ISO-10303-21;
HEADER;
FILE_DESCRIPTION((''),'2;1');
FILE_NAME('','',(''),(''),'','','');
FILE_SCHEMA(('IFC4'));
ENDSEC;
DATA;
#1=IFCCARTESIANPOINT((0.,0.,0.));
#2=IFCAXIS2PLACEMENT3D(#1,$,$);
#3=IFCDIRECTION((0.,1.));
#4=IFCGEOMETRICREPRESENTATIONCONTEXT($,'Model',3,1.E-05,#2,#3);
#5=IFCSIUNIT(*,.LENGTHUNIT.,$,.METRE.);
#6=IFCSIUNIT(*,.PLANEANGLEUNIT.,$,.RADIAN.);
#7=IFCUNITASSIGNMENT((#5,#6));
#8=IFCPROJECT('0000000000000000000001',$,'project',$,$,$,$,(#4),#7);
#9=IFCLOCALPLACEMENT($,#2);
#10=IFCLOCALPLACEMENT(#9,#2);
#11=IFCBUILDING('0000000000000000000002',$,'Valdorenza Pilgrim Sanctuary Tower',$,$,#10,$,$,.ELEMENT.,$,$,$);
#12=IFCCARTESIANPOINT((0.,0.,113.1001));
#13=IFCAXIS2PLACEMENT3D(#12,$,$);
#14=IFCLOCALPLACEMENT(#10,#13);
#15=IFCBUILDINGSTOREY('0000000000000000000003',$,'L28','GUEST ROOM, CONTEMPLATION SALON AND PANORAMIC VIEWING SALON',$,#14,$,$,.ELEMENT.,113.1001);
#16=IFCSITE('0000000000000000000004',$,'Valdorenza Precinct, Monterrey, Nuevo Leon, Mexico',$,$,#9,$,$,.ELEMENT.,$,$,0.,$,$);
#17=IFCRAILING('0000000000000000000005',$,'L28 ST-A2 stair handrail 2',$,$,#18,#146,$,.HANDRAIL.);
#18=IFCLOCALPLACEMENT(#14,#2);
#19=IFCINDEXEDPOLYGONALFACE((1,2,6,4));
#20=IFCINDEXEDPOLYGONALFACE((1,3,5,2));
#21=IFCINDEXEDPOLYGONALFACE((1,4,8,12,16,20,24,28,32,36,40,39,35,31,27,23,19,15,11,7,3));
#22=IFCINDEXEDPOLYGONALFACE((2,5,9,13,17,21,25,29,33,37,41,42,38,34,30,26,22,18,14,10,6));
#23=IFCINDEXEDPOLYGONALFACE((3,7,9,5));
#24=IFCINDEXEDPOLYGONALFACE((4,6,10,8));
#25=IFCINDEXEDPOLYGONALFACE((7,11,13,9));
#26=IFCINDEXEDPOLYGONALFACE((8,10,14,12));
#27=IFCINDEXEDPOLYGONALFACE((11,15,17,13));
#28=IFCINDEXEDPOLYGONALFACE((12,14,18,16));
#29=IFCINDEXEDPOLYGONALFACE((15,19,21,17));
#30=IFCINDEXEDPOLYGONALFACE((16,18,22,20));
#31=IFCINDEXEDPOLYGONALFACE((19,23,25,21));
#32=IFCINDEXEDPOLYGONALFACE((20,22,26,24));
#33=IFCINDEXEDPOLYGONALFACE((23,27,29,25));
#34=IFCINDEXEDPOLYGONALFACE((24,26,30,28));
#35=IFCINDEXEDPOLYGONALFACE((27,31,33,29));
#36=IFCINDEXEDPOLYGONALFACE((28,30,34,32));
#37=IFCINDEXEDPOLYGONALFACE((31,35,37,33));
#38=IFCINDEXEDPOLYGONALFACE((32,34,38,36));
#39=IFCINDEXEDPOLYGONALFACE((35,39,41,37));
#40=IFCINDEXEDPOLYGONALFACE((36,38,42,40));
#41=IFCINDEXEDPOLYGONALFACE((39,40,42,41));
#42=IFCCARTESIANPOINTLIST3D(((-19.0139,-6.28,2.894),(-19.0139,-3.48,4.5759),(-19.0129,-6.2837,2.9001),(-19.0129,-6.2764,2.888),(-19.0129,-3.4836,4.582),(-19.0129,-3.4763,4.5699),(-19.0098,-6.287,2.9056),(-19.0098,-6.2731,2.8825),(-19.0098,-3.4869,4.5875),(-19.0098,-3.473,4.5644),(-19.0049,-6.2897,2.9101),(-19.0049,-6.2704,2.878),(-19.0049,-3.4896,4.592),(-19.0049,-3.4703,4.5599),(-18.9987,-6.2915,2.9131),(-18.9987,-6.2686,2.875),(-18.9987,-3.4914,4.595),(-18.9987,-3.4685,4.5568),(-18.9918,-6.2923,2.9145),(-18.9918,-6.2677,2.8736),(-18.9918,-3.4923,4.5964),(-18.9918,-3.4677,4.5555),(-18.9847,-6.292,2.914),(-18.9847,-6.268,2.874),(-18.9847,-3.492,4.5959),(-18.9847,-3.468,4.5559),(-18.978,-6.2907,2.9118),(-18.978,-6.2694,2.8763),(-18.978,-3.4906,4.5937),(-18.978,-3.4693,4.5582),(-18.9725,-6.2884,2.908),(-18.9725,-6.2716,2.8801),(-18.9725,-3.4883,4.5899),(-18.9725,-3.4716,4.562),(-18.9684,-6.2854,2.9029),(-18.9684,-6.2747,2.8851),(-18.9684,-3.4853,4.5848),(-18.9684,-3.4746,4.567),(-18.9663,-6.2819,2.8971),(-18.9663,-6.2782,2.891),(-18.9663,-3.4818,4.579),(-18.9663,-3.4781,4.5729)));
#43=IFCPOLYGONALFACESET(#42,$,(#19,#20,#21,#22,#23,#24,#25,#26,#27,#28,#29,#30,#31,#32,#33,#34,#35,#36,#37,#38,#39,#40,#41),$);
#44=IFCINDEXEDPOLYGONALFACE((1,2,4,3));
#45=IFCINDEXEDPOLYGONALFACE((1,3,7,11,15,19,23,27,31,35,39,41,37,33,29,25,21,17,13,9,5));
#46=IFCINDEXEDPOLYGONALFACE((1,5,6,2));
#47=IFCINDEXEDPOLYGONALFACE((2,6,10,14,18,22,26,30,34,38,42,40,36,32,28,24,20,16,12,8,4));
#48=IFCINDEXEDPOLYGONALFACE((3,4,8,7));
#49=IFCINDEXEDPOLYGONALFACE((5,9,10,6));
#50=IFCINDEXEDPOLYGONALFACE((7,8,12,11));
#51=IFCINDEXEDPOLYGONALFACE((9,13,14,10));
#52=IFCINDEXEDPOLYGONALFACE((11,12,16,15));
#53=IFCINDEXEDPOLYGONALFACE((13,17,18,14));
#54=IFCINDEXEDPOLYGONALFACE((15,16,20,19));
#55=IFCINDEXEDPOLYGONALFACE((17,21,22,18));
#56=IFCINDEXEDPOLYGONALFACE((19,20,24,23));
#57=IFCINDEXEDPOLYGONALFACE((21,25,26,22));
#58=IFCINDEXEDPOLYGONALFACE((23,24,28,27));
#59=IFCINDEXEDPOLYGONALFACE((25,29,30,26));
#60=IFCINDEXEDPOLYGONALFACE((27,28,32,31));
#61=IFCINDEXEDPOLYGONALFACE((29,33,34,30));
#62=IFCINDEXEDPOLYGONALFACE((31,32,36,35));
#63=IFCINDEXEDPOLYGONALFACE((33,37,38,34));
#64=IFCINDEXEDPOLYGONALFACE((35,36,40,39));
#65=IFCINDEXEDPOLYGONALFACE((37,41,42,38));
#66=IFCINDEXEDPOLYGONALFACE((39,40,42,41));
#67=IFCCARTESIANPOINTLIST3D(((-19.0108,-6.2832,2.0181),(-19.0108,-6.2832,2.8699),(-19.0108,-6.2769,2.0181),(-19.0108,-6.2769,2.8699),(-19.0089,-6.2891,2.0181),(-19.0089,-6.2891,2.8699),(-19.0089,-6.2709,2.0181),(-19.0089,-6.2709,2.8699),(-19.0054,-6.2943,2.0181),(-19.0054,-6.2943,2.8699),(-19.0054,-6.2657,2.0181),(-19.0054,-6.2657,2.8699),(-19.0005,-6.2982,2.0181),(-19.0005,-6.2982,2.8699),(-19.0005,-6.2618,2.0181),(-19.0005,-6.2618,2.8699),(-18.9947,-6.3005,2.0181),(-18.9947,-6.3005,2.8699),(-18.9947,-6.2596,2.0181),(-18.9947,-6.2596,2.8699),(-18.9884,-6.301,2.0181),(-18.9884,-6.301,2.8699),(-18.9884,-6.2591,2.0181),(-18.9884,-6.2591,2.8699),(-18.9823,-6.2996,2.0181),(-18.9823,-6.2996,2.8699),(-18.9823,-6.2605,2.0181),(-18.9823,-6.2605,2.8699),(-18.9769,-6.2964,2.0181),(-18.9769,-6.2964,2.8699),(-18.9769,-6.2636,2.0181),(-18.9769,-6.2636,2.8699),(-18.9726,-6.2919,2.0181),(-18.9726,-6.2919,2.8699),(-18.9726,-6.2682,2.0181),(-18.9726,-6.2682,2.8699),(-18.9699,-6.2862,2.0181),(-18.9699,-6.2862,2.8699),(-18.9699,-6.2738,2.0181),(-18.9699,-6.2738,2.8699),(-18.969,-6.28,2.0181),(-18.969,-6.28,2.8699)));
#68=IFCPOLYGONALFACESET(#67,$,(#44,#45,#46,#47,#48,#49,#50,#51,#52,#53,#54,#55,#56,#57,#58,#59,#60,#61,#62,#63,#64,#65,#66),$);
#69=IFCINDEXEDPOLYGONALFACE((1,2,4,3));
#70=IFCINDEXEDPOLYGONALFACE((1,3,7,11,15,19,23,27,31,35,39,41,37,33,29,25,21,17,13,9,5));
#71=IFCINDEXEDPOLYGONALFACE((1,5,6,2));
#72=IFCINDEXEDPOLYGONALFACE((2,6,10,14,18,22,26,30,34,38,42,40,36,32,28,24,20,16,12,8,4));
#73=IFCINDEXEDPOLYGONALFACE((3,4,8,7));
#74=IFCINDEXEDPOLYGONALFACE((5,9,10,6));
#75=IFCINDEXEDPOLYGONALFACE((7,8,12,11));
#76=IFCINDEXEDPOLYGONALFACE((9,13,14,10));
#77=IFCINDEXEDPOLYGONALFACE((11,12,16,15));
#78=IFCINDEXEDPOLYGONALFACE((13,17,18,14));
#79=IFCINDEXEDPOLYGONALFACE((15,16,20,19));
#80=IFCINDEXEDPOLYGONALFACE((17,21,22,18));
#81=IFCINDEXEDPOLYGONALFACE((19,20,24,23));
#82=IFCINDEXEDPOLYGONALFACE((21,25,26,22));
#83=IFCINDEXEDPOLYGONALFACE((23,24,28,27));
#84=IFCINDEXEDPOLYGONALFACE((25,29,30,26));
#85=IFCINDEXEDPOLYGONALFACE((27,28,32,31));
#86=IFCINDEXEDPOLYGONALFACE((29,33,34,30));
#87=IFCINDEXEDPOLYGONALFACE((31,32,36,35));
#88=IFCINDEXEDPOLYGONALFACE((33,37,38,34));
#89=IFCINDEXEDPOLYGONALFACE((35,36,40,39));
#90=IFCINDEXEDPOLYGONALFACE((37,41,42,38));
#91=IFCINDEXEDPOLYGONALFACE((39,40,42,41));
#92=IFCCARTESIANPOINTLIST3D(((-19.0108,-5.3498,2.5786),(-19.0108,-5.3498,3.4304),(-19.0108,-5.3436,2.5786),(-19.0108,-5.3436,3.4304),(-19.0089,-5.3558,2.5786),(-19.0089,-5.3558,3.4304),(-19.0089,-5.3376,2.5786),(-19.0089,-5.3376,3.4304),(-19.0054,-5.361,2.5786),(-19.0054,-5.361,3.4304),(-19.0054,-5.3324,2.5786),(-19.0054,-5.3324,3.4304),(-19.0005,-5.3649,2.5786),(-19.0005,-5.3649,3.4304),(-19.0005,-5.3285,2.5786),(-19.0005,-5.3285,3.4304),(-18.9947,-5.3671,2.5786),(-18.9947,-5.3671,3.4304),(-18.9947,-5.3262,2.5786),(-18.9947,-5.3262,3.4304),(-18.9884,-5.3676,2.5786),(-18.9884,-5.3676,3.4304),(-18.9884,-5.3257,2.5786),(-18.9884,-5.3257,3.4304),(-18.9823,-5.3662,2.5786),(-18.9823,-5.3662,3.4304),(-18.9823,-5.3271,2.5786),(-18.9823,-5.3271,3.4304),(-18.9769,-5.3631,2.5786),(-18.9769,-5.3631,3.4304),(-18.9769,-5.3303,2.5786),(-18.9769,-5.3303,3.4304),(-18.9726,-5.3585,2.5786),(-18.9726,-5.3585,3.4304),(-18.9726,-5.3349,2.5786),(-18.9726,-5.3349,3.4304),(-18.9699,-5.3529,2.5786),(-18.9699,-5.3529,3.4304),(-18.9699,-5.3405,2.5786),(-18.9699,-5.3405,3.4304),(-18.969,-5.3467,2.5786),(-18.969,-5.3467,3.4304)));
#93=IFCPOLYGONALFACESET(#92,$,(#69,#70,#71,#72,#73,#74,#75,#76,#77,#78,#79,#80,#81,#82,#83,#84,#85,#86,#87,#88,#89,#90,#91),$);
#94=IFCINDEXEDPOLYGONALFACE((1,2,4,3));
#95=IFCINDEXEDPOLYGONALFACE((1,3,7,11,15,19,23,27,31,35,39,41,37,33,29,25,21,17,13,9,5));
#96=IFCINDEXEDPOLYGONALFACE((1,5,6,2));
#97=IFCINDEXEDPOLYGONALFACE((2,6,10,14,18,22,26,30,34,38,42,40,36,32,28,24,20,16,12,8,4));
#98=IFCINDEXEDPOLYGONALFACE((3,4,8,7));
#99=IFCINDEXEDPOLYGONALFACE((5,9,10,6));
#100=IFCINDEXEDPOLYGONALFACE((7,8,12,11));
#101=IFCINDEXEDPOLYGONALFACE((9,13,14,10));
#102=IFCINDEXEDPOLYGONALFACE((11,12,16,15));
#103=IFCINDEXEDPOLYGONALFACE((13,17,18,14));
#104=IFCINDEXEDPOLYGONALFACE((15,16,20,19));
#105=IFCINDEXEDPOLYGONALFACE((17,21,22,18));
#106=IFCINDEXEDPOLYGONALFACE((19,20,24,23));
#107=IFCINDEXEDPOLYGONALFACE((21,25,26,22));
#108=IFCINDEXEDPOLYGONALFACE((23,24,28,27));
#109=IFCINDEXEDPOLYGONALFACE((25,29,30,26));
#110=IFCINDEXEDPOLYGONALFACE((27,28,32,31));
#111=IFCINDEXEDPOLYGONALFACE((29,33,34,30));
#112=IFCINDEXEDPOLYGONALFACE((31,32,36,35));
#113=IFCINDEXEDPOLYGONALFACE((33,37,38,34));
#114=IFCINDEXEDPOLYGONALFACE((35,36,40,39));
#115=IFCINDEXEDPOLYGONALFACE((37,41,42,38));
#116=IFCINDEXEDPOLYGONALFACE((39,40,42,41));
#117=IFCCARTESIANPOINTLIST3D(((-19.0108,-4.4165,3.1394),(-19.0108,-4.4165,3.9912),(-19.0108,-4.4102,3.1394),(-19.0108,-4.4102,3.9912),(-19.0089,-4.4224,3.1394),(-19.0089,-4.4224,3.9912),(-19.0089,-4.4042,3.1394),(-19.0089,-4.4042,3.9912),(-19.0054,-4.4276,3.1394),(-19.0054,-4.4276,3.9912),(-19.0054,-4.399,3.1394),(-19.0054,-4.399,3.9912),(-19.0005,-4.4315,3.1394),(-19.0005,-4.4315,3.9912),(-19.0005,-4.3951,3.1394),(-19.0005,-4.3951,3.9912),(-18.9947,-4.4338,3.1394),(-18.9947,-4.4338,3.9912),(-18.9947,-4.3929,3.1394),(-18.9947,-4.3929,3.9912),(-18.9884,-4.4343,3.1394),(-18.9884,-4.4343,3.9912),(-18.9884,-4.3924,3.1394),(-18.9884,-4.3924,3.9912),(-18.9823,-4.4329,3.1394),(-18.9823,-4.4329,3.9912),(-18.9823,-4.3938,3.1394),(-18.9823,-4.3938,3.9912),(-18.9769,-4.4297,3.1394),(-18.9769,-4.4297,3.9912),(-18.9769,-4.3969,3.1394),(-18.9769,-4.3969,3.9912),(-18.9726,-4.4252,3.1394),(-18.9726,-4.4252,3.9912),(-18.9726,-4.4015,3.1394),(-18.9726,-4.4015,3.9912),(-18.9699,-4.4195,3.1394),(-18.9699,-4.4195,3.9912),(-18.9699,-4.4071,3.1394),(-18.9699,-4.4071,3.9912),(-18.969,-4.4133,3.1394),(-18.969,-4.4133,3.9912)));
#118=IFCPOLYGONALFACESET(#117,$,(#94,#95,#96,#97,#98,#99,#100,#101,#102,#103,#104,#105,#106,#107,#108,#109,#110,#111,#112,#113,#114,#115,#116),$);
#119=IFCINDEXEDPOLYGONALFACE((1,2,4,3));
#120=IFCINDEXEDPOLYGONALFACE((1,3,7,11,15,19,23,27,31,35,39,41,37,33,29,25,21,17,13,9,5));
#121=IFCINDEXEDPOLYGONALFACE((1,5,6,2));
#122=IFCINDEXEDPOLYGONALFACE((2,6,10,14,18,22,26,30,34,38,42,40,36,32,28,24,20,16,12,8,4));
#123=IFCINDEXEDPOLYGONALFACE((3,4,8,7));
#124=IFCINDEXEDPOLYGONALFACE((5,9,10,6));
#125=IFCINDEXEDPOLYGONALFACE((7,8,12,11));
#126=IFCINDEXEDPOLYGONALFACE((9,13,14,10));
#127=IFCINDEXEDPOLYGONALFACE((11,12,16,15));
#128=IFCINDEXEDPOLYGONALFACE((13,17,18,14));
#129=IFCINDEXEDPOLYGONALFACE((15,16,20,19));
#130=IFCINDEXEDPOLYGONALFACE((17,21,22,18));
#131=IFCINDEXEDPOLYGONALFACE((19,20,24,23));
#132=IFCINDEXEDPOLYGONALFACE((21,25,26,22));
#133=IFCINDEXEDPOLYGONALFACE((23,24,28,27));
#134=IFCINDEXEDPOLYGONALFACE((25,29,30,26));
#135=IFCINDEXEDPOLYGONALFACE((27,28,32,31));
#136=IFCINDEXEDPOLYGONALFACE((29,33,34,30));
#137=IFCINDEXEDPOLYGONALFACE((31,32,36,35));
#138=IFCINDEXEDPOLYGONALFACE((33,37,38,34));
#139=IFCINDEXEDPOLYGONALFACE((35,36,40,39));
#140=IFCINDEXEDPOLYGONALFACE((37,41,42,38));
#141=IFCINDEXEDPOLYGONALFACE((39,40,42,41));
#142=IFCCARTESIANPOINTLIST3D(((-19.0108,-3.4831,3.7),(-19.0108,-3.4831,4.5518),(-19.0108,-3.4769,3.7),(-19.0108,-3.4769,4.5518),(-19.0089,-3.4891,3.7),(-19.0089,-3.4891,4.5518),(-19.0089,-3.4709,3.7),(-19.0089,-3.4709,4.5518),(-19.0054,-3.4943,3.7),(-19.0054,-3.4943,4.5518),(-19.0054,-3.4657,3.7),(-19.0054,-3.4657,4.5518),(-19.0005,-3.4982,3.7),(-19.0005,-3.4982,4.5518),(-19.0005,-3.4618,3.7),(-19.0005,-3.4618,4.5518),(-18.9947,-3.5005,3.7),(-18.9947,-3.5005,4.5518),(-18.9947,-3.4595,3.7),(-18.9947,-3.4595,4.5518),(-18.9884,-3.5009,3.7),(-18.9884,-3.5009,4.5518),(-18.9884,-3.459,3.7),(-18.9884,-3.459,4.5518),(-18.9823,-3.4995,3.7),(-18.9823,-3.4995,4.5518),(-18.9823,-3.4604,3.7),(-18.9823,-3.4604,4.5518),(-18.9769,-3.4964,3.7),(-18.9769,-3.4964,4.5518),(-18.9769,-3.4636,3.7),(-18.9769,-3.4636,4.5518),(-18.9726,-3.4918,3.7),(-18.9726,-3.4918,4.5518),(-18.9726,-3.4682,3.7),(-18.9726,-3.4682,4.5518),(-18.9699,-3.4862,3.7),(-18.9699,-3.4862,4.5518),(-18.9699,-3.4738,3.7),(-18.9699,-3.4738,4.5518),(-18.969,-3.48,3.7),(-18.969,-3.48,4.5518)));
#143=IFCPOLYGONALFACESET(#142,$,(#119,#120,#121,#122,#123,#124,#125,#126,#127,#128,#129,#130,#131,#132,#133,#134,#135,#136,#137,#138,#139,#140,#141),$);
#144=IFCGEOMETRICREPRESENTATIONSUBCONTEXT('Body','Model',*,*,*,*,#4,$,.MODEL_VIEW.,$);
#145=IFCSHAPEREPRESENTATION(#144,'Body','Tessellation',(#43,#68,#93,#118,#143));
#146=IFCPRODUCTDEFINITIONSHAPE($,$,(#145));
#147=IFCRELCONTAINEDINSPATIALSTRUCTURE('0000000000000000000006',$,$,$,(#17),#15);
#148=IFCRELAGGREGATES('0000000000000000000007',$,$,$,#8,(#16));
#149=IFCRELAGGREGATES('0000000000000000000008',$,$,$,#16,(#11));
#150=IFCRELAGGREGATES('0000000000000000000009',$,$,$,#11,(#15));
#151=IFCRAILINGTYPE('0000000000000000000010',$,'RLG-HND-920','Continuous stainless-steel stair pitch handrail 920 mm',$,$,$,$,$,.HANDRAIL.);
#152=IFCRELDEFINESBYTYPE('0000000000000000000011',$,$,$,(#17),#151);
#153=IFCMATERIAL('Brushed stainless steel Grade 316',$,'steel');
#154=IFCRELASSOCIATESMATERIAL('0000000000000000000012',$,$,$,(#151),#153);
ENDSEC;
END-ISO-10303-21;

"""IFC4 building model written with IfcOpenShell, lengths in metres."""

from ifc_helpers import new_model, si_unit, direction, frame, origin, origin_2d, place, context, subcontext, project, spatial, circle, extrude, material, type_object, element, save


model = new_model("IFC4")

# Units and contexts
model_context = context("Model", 3, precision=1e-05, world=origin(), true_north=direction((0.0, 1.0)))
body_context = subcontext(model_context, "Body", "Model", "MODEL_VIEW")
ifc_project = project(units=[si_unit("LENGTHUNIT", "METRE"), si_unit("PLANEANGLEUNIT", "RADIAN")], contexts=[model_context])

# Site, building, storey
site_placement = place(None, origin())
site = spatial("IfcSite", under=ifc_project, at=site_placement, Name="Valdorenza Precinct, Monterrey, Nuevo Leon, Mexico", CompositionType="ELEMENT", RefElevation=0.0)
building_placement = place(site_placement, origin())
building = spatial("IfcBuilding", under=site, at=building_placement, Name="Valdorenza Pilgrim Sanctuary Tower", CompositionType="ELEMENT")
storey_placement = place(building_placement, frame((0.0, 0.0, 113.1001)))
storey = spatial("IfcBuildingStorey", under=building, at=storey_placement, Name="L28", Description="GUEST ROOM, CONTEMPLATION SALON AND PANORAMIC VIEWING SALON", CompositionType="ELEMENT", Elevation=113.1001)

# Shared definitions
ifc_material_1 = material(Name="Brushed stainless steel Grade 316", Category="steel")

# Railing
railing_type_1 = type_object("IfcRailingType", Name="RLG-HND-920", Description="Continuous stainless-steel stair pitch handrail 920 mm", PredefinedType="HANDRAIL", material=ifc_material_1)
railing_1_placement = place(storey_placement, frame((-18.99, -6.28, 2.0181)))
element("IfcRailing", 1, at=railing_1_placement, inside=storey, type_object=railing_type_1, Name="L28 ST-A2 stair handrail 2", PredefinedType="HANDRAIL", context=body_context, shape_type="SweptSolid", body=[
    extrude(circle(Radius=0.0239, at=origin_2d()), frame((0.0, 0.0, 0.876), z_axis=(0.0, 0.857242, 0.514913), x_axis=(-1.0, 0.0, 0.0)), (0.0, 0.0, 1.0), 3.2664),
    extrude(circle(Radius=0.021, at=origin_2d()), origin(), (0.0, 0.0, 1.0), 0.8518),
    extrude(circle(Radius=0.021, at=origin_2d()), frame((0.0, 0.9333, 0.5605)), (0.0, 0.0, 1.0), 0.8518),
    extrude(circle(Radius=0.021, at=origin_2d()), frame((0.0, 1.8667, 1.1213)), (0.0, 0.0, 1.0), 0.8518),
    extrude(circle(Radius=0.021, at=origin_2d()), frame((0.0, 2.8, 1.6819)), (0.0, 0.0, 1.0), 0.8518),
])

save(model, "model.ifc")
